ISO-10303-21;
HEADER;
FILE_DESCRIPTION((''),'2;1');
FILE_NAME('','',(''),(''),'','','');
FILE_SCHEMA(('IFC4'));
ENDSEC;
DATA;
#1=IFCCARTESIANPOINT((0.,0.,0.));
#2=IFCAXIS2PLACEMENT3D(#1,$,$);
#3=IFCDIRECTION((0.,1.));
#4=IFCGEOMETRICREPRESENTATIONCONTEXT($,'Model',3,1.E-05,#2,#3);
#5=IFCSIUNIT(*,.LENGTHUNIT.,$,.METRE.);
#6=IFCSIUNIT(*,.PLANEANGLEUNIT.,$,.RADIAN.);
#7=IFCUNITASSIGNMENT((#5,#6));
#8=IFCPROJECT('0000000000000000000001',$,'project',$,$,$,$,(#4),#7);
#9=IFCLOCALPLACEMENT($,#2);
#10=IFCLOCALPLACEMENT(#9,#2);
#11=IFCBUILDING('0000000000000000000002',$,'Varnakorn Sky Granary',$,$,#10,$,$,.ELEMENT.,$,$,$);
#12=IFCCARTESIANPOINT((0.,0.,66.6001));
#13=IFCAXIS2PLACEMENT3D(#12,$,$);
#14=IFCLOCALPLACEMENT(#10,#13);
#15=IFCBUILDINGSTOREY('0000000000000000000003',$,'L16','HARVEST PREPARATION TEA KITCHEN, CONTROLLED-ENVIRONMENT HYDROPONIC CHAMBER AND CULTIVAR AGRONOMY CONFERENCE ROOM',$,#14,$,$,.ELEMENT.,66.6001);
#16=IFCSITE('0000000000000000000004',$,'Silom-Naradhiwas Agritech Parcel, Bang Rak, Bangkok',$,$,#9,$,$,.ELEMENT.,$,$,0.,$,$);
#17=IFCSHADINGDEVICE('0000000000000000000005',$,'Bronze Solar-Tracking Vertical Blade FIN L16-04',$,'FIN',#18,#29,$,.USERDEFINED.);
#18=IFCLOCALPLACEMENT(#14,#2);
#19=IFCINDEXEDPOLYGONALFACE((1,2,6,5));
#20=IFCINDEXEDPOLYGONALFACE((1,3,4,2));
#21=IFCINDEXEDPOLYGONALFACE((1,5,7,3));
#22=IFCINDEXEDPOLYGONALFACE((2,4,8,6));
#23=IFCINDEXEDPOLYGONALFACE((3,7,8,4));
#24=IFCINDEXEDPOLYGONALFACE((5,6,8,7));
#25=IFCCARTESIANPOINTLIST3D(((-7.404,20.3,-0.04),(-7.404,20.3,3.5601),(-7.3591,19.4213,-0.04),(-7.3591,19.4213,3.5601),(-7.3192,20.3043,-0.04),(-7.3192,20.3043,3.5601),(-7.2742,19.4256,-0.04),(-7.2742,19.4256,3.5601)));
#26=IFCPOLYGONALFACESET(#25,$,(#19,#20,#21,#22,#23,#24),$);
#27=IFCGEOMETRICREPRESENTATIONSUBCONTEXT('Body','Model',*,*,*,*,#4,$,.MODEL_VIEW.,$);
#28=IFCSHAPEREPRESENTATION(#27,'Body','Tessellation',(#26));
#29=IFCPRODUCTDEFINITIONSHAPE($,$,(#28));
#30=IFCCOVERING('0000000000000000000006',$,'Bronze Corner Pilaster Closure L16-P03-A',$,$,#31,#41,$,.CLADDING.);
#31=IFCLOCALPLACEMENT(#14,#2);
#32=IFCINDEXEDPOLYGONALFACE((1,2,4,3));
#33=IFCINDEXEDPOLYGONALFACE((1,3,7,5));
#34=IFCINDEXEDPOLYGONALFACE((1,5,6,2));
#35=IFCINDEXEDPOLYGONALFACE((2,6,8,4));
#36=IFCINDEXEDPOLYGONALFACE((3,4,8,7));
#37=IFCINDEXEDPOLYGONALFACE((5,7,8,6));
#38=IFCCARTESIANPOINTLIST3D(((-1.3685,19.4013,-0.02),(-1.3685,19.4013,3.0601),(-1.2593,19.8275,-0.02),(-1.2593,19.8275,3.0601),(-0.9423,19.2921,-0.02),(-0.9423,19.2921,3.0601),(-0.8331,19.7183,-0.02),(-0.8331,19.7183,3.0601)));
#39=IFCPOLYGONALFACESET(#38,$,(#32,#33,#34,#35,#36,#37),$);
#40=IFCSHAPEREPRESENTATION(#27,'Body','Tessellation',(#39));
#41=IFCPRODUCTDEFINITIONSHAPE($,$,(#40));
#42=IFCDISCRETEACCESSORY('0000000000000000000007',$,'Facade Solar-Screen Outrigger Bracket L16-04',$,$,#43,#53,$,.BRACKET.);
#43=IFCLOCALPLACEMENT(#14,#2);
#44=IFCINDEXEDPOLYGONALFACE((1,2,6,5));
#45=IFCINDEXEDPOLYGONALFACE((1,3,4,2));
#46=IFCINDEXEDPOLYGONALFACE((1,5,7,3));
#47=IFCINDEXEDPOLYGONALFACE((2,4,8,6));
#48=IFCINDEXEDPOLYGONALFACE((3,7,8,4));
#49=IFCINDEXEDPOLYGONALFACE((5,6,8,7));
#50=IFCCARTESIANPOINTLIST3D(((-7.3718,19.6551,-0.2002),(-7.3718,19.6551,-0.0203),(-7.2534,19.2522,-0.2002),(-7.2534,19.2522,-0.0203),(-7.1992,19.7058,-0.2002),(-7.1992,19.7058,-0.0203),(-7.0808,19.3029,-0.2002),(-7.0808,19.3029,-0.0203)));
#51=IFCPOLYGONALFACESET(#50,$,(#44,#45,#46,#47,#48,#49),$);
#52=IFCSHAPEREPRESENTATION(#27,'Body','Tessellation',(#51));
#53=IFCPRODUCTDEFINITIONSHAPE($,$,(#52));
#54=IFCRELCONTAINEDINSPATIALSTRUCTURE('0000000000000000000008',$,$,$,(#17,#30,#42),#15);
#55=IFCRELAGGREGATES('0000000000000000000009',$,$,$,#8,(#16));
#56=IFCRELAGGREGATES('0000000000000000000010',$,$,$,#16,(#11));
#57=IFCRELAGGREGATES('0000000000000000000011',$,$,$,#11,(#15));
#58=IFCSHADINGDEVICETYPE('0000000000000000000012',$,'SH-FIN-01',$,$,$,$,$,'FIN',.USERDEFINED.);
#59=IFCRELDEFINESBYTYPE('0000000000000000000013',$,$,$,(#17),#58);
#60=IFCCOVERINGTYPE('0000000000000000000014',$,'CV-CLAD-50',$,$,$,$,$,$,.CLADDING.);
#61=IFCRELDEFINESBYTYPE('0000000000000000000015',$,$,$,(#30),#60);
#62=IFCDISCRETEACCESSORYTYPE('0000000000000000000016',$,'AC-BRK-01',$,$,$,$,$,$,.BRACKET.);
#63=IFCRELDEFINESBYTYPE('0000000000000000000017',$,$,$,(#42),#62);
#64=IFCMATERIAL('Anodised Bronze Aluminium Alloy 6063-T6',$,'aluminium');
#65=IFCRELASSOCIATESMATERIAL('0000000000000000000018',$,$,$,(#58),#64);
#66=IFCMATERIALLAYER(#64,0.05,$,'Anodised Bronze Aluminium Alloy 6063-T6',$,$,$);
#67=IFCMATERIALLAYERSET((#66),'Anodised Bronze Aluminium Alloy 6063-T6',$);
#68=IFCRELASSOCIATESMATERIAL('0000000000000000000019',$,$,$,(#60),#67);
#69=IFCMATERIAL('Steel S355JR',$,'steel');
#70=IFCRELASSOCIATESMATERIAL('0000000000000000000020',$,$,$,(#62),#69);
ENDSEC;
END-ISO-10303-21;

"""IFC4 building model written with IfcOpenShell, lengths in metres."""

from ifc_helpers import new_model, si_unit, direction, frame, origin, origin_2d, place, context, subcontext, project, spatial, rectangle, extrude, source, transform, mapped, material, layer, layer_set, type_object, type_shapes, element, save


model = new_model("IFC4")

# Units and contexts
model_context = context("Model", 3, precision=1e-05, world=origin(), true_north=direction((0.0, 1.0)))
body_context = subcontext(model_context, "Body", "Model", "MODEL_VIEW")
ifc_project = project(units=[si_unit("LENGTHUNIT", "METRE"), si_unit("PLANEANGLEUNIT", "RADIAN")], contexts=[model_context])

# Site, building, storey
site_placement = place(None, origin())
site = spatial("IfcSite", under=ifc_project, at=site_placement, Name="Silom-Naradhiwas Agritech Parcel, Bang Rak, Bangkok", CompositionType="ELEMENT", RefElevation=0.0)
building_placement = place(site_placement, origin())
building = spatial("IfcBuilding", under=site, at=building_placement, Name="Varnakorn Sky Granary", CompositionType="ELEMENT")
storey_placement = place(building_placement, frame((0.0, 0.0, 66.6001)))
storey = spatial("IfcBuildingStorey", under=building, at=storey_placement, Name="L16", Description="HARVEST PREPARATION TEA KITCHEN, CONTROLLED-ENVIRONMENT HYDROPONIC CHAMBER AND CULTIVAR AGRONOMY CONFERENCE ROOM", CompositionType="ELEMENT", Elevation=66.6001)

# Shared definitions
ifc_material_1 = material(Name="Steel S355JR", Category="steel")

# Shared definitions
ifc_material_2 = material(Name="Anodised Bronze Aluminium Alloy 6063-T6", Category="aluminium")

# Shading device
shading_device_type = type_object("IfcShadingDeviceType", Name="SH-FIN-01", ElementType="FIN", PredefinedType="USERDEFINED", material=ifc_material_2)
shared_shape_1 = source(origin(), body_context, "Body", "SweptSolid", [
    extrude(rectangle(XDim=0.085, YDim=0.8799, at=origin_2d()), origin(), (0.0, 0.0, 1.0), 3.6001),
])
type_shapes(shading_device_type, [shared_shape_1])
shading_device_placement = place(storey_placement, frame((-7.3391, 19.8628, -0.04), z_axis=(0.0, 0.0, 1.0), x_axis=(-0.998695, -0.051072, 0.0)))
element("IfcShadingDevice", 1, at=shading_device_placement, inside=storey, type_object=shading_device_type, Name="Bronze Solar-Tracking Vertical Blade FIN L16-04", ObjectType="FIN", PredefinedType="USERDEFINED", context=body_context, shape_type="MappedRepresentation", body=[
    mapped(shared_shape_1, transform((0.0, 0.0, 0.0), x_axis=(1.0, 0.0, 0.0), y_axis=(0.0, 1.0, 0.0), z_axis=(0.0, 0.0, 1.0), scale=1.0)),
])

# Covering
ifc_layer_1 = layer(ifc_material_2, 0.05, Name="Anodised Bronze Aluminium Alloy 6063-T6")
ifc_layer_set_1 = layer_set([ifc_layer_1], Name="Anodised Bronze Aluminium Alloy 6063-T6")
covering_type = type_object("IfcCoveringType", Name="CV-CLAD-50", PredefinedType="CLADDING", material=ifc_layer_set_1)
shared_shape_2 = source(origin(), body_context, "Body", "SweptSolid", [
    extrude(rectangle(XDim=0.4399, YDim=0.4399, at=origin_2d()), origin(), (0.0, 0.0, 1.0), 3.0801),
])
type_shapes(covering_type, [shared_shape_2])
covering_placement = place(storey_placement, frame((-1.1008, 19.5598, -0.02), z_axis=(0.0, 0.0, 1.0), x_axis=(0.968713, -0.248183, 0.0)))
element("IfcCovering", 2, at=covering_placement, inside=storey, type_object=covering_type, Name="Bronze Corner Pilaster Closure L16-P03-A", PredefinedType="CLADDING", context=body_context, shape_type="MappedRepresentation", body=[
    mapped(shared_shape_2, transform((0.0, 0.0, 0.0), x_axis=(1.0, 0.0, 0.0), y_axis=(0.0, 1.0, 0.0), z_axis=(0.0, 0.0, 1.0), scale=1.0)),
])

# Discrete accessory
discrete_accessory_type = type_object("IfcDiscreteAccessoryType", Name="AC-BRK-01", PredefinedType="BRACKET", material=ifc_material_1)
shared_shape_3 = source(origin(), body_context, "Body", "SweptSolid", [
    extrude(rectangle(XDim=0.1799, YDim=0.4199, at=origin_2d()), origin(), (0.0, 0.0, 1.0), 0.1799),
])
type_shapes(discrete_accessory_type, [shared_shape_3])
discrete_accessory_placement = place(storey_placement, frame((-7.2263, 19.479, -0.2002), z_axis=(0.0, 0.0, 1.0), x_axis=(-0.959403, -0.28204, 0.0)))
element("IfcDiscreteAccessory", 3, at=discrete_accessory_placement, inside=storey, type_object=discrete_accessory_type, Name="Facade Solar-Screen Outrigger Bracket L16-04", PredefinedType="BRACKET", context=body_context, shape_type="MappedRepresentation", body=[
    mapped(shared_shape_3, transform((0.0, 0.0, 0.0), x_axis=(1.0, 0.0, 0.0), y_axis=(0.0, 1.0, 0.0), z_axis=(0.0, 0.0, 1.0), scale=1.0)),
])

save(model, "model.ifc")
